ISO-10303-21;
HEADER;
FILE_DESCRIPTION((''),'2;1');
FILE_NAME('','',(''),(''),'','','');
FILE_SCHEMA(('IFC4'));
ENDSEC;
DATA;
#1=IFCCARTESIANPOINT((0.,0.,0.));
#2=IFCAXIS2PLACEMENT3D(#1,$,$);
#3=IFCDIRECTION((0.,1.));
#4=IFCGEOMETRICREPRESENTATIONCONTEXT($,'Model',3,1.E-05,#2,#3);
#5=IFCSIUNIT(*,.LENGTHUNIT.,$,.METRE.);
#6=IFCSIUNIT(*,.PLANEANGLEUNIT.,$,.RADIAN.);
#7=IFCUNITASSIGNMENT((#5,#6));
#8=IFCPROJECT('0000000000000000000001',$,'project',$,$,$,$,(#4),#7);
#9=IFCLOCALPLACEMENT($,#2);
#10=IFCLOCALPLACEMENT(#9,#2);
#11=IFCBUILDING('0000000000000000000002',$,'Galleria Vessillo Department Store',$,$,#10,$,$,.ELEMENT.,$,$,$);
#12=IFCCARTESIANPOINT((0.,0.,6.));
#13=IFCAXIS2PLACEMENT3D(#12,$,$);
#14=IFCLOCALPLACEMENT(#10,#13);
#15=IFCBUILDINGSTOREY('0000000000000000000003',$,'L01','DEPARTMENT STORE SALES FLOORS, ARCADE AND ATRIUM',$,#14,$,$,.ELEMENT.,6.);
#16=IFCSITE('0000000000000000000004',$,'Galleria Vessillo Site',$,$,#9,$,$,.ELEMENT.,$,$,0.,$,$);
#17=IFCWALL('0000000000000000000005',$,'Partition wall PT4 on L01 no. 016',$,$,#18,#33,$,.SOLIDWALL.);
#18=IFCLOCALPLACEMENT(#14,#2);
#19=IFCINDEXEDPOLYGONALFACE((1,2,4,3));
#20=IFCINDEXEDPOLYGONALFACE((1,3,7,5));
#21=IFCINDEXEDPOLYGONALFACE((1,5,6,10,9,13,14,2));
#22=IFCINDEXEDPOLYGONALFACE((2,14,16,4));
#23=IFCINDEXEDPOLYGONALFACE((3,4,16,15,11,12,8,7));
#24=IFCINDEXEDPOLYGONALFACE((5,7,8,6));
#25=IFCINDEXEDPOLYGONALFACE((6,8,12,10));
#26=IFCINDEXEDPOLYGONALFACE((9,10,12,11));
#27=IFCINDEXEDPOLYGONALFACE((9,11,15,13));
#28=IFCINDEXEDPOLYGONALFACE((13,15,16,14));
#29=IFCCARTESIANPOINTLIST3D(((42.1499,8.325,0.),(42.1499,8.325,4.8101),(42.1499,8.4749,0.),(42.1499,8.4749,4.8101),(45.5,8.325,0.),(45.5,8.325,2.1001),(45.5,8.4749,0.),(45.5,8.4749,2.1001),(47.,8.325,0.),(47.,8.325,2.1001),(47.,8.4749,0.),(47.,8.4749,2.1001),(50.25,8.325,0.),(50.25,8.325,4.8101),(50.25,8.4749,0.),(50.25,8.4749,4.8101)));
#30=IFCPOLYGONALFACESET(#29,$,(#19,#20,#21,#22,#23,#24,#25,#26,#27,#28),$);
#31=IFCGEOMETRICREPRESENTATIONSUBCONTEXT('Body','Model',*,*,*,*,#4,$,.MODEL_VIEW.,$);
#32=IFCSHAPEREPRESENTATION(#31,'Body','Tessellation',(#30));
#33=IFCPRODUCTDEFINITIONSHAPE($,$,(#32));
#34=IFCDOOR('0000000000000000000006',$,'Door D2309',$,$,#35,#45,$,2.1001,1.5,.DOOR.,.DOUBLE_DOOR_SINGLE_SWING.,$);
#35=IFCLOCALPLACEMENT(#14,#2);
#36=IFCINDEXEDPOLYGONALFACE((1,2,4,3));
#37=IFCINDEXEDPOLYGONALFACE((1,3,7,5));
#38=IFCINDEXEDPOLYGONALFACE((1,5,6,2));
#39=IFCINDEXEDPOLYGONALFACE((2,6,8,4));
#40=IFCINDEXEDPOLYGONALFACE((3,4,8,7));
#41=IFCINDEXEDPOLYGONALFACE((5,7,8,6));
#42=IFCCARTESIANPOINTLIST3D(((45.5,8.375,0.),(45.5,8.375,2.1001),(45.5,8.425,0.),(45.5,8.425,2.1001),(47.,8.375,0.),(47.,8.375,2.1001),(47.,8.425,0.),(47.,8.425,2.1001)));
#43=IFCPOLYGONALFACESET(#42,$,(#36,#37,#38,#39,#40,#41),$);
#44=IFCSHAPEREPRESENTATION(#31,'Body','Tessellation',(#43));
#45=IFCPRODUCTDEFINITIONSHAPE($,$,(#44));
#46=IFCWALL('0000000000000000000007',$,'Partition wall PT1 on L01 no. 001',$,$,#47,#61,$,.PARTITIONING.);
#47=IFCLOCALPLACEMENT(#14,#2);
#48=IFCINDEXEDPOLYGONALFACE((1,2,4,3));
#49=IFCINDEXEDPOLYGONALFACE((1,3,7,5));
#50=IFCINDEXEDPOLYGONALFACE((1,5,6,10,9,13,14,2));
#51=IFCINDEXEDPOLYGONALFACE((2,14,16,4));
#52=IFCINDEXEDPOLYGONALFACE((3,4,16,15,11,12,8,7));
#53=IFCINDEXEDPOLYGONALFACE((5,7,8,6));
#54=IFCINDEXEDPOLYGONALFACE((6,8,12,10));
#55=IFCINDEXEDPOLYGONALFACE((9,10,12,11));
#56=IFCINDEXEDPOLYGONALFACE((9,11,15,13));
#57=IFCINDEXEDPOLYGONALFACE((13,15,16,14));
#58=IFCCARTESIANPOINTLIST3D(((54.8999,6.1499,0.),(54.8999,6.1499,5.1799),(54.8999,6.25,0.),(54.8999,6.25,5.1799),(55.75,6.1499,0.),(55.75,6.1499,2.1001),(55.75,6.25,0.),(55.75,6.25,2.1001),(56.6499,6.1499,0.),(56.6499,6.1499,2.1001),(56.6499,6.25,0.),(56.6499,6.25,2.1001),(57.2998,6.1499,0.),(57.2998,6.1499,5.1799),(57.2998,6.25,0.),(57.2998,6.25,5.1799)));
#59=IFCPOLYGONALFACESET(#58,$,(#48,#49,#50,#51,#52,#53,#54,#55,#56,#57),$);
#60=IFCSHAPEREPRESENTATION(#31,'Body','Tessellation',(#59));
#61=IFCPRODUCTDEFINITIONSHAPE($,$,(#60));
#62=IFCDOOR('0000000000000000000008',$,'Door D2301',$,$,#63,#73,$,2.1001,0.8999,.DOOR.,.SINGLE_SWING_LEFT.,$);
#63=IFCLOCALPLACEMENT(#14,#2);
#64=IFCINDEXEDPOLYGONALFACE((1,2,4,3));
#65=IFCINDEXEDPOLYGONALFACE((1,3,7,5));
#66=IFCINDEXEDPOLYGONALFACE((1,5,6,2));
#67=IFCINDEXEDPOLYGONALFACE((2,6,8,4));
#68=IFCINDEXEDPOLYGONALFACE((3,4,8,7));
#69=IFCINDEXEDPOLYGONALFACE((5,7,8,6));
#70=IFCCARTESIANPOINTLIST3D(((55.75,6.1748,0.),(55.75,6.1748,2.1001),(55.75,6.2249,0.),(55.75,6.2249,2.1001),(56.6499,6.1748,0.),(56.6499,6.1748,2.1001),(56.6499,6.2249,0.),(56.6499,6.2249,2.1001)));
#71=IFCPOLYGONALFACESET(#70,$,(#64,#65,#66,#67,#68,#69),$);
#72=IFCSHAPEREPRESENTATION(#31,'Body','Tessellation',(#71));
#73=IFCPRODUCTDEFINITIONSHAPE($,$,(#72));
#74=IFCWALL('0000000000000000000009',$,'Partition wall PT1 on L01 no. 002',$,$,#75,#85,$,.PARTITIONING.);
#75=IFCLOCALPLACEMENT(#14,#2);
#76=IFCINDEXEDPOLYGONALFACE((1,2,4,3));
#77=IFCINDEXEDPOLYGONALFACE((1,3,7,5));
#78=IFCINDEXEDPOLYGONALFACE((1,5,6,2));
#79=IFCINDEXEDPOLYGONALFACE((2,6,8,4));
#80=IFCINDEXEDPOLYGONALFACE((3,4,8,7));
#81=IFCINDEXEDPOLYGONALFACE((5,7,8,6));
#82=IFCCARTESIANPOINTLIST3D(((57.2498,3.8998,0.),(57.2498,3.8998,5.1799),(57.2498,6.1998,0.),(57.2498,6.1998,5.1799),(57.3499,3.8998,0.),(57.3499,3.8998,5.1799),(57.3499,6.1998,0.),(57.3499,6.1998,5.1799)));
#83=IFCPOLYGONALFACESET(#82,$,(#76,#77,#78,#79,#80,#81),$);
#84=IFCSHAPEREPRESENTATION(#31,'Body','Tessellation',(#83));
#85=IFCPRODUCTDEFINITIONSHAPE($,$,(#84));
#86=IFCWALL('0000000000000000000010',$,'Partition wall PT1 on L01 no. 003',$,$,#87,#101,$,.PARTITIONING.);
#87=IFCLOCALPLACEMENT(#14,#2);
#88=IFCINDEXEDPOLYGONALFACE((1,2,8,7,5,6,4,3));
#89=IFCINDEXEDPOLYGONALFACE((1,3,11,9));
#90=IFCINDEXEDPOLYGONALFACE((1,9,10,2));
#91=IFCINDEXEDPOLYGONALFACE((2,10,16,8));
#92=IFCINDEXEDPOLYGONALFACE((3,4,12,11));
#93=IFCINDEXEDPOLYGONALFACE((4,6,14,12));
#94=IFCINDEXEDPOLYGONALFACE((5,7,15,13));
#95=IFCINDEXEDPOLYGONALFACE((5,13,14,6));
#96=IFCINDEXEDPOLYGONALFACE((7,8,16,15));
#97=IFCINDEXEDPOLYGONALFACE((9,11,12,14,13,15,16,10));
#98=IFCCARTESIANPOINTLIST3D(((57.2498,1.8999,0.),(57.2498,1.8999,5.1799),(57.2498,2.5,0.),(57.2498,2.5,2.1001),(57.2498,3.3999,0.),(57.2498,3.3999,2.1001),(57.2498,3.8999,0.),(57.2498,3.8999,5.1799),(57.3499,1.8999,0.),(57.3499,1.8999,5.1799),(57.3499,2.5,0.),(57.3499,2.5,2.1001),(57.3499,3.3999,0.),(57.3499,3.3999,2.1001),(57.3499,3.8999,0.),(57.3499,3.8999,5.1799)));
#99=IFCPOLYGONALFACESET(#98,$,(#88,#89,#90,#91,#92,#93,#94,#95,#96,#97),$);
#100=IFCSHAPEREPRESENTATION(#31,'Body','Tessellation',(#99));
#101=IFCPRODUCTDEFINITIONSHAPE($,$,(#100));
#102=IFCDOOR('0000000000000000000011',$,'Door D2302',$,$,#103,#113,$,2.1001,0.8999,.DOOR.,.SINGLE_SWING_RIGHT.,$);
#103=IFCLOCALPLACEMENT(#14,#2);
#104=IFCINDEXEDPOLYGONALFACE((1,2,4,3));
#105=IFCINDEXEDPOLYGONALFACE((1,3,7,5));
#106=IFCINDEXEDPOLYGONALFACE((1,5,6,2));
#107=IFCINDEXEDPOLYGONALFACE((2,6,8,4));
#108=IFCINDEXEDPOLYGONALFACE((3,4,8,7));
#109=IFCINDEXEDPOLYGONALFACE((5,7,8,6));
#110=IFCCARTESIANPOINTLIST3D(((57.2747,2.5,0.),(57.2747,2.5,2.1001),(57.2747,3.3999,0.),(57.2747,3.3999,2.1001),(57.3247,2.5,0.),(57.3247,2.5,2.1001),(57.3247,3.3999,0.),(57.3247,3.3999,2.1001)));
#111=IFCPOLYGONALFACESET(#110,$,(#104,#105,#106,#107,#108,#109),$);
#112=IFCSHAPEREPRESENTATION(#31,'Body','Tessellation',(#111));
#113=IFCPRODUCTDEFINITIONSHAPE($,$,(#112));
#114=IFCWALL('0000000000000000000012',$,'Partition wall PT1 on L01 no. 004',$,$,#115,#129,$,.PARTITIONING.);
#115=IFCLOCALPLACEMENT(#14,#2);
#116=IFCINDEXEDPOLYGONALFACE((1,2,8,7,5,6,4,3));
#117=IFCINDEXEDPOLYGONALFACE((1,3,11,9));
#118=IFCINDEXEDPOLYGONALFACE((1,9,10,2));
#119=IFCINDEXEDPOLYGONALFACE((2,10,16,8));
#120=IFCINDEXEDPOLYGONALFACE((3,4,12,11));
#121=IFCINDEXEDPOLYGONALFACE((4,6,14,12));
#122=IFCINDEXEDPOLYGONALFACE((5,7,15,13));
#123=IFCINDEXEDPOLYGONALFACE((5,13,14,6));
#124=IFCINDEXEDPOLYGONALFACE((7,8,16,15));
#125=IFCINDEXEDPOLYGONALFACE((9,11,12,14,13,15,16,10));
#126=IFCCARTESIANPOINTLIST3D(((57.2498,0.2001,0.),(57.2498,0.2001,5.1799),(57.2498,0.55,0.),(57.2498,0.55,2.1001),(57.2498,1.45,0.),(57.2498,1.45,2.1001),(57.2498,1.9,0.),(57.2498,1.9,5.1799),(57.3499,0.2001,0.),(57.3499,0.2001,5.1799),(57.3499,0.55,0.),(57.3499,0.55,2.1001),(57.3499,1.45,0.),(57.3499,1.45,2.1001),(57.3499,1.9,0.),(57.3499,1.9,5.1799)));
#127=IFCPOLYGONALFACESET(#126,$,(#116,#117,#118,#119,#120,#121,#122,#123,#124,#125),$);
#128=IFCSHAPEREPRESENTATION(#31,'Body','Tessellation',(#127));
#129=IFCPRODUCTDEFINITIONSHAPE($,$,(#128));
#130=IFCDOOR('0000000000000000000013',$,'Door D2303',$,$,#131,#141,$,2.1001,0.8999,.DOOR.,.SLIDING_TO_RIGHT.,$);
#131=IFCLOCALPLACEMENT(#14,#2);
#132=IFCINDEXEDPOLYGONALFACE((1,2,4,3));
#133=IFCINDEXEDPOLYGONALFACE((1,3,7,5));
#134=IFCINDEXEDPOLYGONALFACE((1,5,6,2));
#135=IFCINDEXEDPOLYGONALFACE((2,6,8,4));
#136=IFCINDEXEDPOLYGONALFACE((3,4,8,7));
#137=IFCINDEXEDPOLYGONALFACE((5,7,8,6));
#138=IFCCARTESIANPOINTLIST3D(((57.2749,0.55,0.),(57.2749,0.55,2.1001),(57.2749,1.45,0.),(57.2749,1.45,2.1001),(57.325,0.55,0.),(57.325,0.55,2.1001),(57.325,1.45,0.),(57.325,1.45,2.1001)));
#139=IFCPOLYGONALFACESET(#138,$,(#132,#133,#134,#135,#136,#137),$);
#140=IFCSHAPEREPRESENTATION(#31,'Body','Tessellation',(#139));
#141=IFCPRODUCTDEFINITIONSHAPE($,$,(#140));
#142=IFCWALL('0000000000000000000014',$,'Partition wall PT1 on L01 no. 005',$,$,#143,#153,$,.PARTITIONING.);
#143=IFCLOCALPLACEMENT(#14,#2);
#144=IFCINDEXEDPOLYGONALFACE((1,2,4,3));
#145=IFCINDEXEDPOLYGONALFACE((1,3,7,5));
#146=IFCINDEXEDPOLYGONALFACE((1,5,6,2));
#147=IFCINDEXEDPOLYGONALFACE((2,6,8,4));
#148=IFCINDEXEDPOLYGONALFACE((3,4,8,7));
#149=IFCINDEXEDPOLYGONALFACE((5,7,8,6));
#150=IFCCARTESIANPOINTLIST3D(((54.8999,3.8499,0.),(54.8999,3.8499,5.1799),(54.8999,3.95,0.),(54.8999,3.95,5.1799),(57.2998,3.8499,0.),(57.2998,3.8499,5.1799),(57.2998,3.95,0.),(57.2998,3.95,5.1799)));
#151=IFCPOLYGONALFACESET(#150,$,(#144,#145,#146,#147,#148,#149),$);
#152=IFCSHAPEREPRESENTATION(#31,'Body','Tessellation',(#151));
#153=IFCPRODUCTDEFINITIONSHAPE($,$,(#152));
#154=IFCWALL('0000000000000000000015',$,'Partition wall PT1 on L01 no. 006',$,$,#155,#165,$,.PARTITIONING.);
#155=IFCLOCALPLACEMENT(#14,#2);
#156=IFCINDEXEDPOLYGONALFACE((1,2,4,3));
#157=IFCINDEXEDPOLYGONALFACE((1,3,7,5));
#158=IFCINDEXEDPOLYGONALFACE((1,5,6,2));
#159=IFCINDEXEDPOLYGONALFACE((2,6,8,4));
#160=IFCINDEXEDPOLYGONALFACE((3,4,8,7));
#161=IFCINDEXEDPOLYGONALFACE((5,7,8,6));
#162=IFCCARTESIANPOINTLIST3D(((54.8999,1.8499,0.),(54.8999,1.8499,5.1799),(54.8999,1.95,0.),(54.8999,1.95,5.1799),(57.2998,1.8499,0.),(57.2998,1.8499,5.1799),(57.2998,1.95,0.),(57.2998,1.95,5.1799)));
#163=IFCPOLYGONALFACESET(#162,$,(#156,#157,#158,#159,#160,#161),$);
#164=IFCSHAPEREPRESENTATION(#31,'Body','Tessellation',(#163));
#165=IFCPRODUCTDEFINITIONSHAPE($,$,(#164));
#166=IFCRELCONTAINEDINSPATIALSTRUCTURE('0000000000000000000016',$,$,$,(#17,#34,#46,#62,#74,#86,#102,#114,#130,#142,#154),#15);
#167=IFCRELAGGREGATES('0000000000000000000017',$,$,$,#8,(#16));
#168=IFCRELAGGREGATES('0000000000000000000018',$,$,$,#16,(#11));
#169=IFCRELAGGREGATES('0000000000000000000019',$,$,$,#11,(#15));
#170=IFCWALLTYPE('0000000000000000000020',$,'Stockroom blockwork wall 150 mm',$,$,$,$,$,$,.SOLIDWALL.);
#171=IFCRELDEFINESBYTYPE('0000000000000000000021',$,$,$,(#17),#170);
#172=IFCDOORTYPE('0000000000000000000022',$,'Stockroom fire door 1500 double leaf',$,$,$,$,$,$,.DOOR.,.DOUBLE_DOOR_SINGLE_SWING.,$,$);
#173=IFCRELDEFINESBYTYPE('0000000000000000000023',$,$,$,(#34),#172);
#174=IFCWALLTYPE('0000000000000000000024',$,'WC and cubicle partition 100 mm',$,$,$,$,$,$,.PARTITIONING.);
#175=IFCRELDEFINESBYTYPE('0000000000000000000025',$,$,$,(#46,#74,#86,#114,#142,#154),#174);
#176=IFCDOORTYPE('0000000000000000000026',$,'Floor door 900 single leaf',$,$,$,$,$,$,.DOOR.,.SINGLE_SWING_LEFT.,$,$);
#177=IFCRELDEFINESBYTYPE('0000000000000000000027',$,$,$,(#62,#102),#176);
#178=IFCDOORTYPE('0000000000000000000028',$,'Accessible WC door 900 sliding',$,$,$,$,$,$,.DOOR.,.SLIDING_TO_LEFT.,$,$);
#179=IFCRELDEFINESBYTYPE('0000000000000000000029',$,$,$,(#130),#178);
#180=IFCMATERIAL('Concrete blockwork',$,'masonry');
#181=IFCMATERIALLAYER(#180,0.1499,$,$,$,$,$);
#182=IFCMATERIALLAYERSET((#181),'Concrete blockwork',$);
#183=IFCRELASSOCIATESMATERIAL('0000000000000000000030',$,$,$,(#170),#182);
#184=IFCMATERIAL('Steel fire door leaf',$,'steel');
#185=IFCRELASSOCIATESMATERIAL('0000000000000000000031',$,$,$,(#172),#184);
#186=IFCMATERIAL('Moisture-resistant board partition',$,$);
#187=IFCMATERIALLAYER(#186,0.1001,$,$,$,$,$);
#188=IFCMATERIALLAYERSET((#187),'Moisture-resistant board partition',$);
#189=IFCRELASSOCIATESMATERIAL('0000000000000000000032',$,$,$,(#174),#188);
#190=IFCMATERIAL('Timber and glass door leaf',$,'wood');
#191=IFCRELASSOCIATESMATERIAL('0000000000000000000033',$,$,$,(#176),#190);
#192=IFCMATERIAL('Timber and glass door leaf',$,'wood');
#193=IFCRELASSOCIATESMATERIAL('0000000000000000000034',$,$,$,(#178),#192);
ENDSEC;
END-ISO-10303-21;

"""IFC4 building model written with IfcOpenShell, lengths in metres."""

from ifc_helpers import new_model, si_unit, direction, frame, frame_2d, origin, place, context, subcontext, project, spatial, rectangle, extrude, material, layer, layer_set, type_object, element, fill, save


model = new_model("IFC4")

# Units and contexts
model_context = context("Model", 3, precision=1e-05, world=origin(), true_north=direction((0.0, 1.0)))
body_context = subcontext(model_context, "Body", "Model", "MODEL_VIEW")
ifc_project = project(units=[si_unit("LENGTHUNIT", "METRE"), si_unit("PLANEANGLEUNIT", "RADIAN")], contexts=[model_context])

# Site, building, storey
site_placement = place(None, origin())
site = spatial("IfcSite", under=ifc_project, at=site_placement, Name="Galleria Vessillo Site", CompositionType="ELEMENT", RefElevation=0.0)
building_placement = place(site_placement, origin())
building = spatial("IfcBuilding", under=site, at=building_placement, Name="Galleria Vessillo Department Store", CompositionType="ELEMENT")
storey_placement = place(building_placement, frame((0.0, 0.0, 6.0)))
storey = spatial("IfcBuildingStorey", under=building, at=storey_placement, Name="L01", Description="DEPARTMENT STORE SALES FLOORS, ARCADE AND ATRIUM", CompositionType="ELEMENT", Elevation=6.0)

# Walls, openings, doors
ifc_material_1 = material(Name="Concrete blockwork", Category="masonry")
ifc_layer_1 = layer(ifc_material_1, 0.1499)
ifc_layer_set_1 = layer_set([ifc_layer_1], Name="Concrete blockwork")
wall_type_1 = type_object("IfcWallType", Name="Stockroom blockwork wall 150 mm", PredefinedType="SOLIDWALL", material=ifc_layer_set_1)
wall_1_placement = place(storey_placement, frame((42.1499, 8.3999, 0.0), z_axis=(0.0, 0.0, 1.0), x_axis=(1.0, 0.0, 0.0)))
wall_1 = element("IfcWall", 1, at=wall_1_placement, inside=storey, type_object=wall_type_1, Name="Partition wall PT4 on L01 no. 016", PredefinedType="SOLIDWALL", context=body_context, shape_type="SweptSolid", body=[
    extrude(rectangle(XDim=8.1001, YDim=0.1499, at=frame_2d((4.05, 0.0))), origin(), (0.0, 0.0, 1.0), 4.8101),
])
opening_1_placement = place(wall_1_placement, frame((3.3501, 0.0, 0.0)))
opening_1 = element("IfcOpeningElement", 2, at=opening_1_placement, cuts=wall_1, PredefinedType="OPENING", context=body_context, shape_type="SweptSolid", body=[
    extrude(rectangle(XDim=1.5, YDim=2.1001, at=frame_2d((0.75, 1.05))), frame((0.0, 0.085, 0.0), z_axis=(0.0, -1.0, 0.0), x_axis=(1.0, 0.0, 0.0)), (0.0, 0.0, 1.0), 0.1699),
])
ifc_material_2 = material(Name="Steel fire door leaf", Category="steel")
door_type_1 = type_object("IfcDoorType", Name="Stockroom fire door 1500 double leaf", OperationType="DOUBLE_DOOR_SINGLE_SWING", PredefinedType="DOOR", material=ifc_material_2)
door_1_placement = place(opening_1_placement, frame((1.5, 0.0, 0.0), z_axis=(0.0, 0.0, 1.0), x_axis=(-1.0, 0.0, 0.0)))
door_1 = element("IfcDoor", 3, at=door_1_placement, inside=storey, type_object=door_type_1, Name="Door D2309", OperationType="DOUBLE_DOOR_SINGLE_SWING", OverallHeight=2.1001, OverallWidth=1.5, PredefinedType="DOOR", context=body_context, shape_type="SweptSolid", body=[
    extrude(rectangle(XDim=1.5, YDim=2.1001, at=frame_2d((0.75, 1.05))), frame((0.0, 0.0249, 0.0), z_axis=(0.0, -1.0, 0.0), x_axis=(1.0, 0.0, 0.0)), (0.0, 0.0, 1.0), 0.05),
])
fill(opening_1, door_1)
ifc_material_3 = material(Name="Moisture-resistant board partition")
ifc_layer_2 = layer(ifc_material_3, 0.1001)
ifc_layer_set_2 = layer_set([ifc_layer_2], Name="Moisture-resistant board partition")
wall_type_2 = type_object("IfcWallType", Name="WC and cubicle partition 100 mm", PredefinedType="PARTITIONING", material=ifc_layer_set_2)
wall_2_placement = place(storey_placement, frame((54.8999, 6.2, 0.0), z_axis=(0.0, 0.0, 1.0), x_axis=(1.0, 0.0, 0.0)))
wall_2 = element("IfcWall", 4, at=wall_2_placement, inside=storey, type_object=wall_type_2, Name="Partition wall PT1 on L01 no. 001", PredefinedType="PARTITIONING", context=body_context, shape_type="SweptSolid", body=[
    extrude(rectangle(XDim=2.3999, YDim=0.1001, at=frame_2d((1.2, 0.0))), origin(), (0.0, 0.0, 1.0), 5.1799),
])
opening_2_placement = place(wall_2_placement, frame((0.8501, 0.0, 0.0)))
opening_2 = element("IfcOpeningElement", 5, at=opening_2_placement, cuts=wall_2, PredefinedType="OPENING", context=body_context, shape_type="SweptSolid", body=[
    extrude(rectangle(XDim=0.8999, YDim=2.1001, at=frame_2d((0.45, 1.05))), frame((0.0, 0.0601, 0.0), z_axis=(0.0, -1.0, 0.0), x_axis=(1.0, 0.0, 0.0)), (0.0, 0.0, 1.0), 0.1201),
])
ifc_material_4 = material(Name="Timber and glass door leaf", Category="wood")
door_type_2 = type_object("IfcDoorType", Name="Floor door 900 single leaf", OperationType="SINGLE_SWING_LEFT", PredefinedType="DOOR", material=ifc_material_4)
door_2_placement = place(opening_2_placement, origin())
door_2 = element("IfcDoor", 6, at=door_2_placement, inside=storey, type_object=door_type_2, Name="Door D2301", OperationType="SINGLE_SWING_LEFT", OverallHeight=2.1001, OverallWidth=0.8999, PredefinedType="DOOR", context=body_context, shape_type="SweptSolid", body=[
    extrude(rectangle(XDim=0.8999, YDim=2.1001, at=frame_2d((0.45, 1.05))), frame((0.0, 0.0249, 0.0), z_axis=(0.0, -1.0, 0.0), x_axis=(1.0, 0.0, 0.0)), (0.0, 0.0, 1.0), 0.05),
])
fill(opening_2, door_2)

# Wall
wall_3_placement = place(storey_placement, frame((57.2998, 3.8999, 0.0), z_axis=(0.0, 0.0, 1.0), x_axis=(0.0, 1.0, 0.0)))
element("IfcWall", 7, at=wall_3_placement, inside=storey, type_object=wall_type_2, Name="Partition wall PT1 on L01 no. 002", PredefinedType="PARTITIONING", context=body_context, shape_type="SweptSolid", body=[
    extrude(rectangle(XDim=2.3, YDim=0.1001, at=frame_2d((1.1499, 0.0))), origin(), (0.0, 0.0, 1.0), 5.1799),
])

# Walls, openings, doors
wall_4_placement = place(storey_placement, frame((57.2998, 1.8999, 0.0), z_axis=(0.0, 0.0, 1.0), x_axis=(0.0, 1.0, 0.0)))
wall_4 = element("IfcWall", 8, at=wall_4_placement, inside=storey, type_object=wall_type_2, Name="Partition wall PT1 on L01 no. 003", PredefinedType="PARTITIONING", context=body_context, shape_type="SweptSolid", body=[
    extrude(rectangle(XDim=2.0, YDim=0.1001, at=frame_2d((1.0, 0.0))), origin(), (0.0, 0.0, 1.0), 5.1799),
])
opening_3_placement = place(wall_4_placement, frame((0.6001, 0.0, 0.0)))
opening_3 = element("IfcOpeningElement", 9, at=opening_3_placement, cuts=wall_4, PredefinedType="OPENING", context=body_context, shape_type="SweptSolid", body=[
    extrude(rectangle(XDim=0.8999, YDim=2.1001, at=frame_2d((0.45, 1.05))), frame((0.0, 0.0601, 0.0), z_axis=(0.0, -1.0, 0.0), x_axis=(1.0, 0.0, 0.0)), (0.0, 0.0, 1.0), 0.1201),
])
door_3_placement = place(opening_3_placement, frame((0.8999, 0.0, 0.0), z_axis=(0.0, 0.0, 1.0), x_axis=(-1.0, 0.0, 0.0)))
door_3 = element("IfcDoor", 10, at=door_3_placement, inside=storey, type_object=door_type_2, Name="Door D2302", OperationType="SINGLE_SWING_RIGHT", OverallHeight=2.1001, OverallWidth=0.8999, PredefinedType="DOOR", context=body_context, shape_type="SweptSolid", body=[
    extrude(rectangle(XDim=0.8999, YDim=2.1001, at=frame_2d((0.45, 1.05))), frame((0.0, 0.0249, 0.0), z_axis=(0.0, -1.0, 0.0), x_axis=(1.0, 0.0, 0.0)), (0.0, 0.0, 1.0), 0.05),
])
fill(opening_3, door_3)
wall_5_placement = place(storey_placement, frame((57.2998, 0.2, 0.0), z_axis=(0.0, 0.0, 1.0), x_axis=(0.0, 1.0, 0.0)))
wall_5 = element("IfcWall", 11, at=wall_5_placement, inside=storey, type_object=wall_type_2, Name="Partition wall PT1 on L01 no. 004", PredefinedType="PARTITIONING", context=body_context, shape_type="SweptSolid", body=[
    extrude(rectangle(XDim=1.7, YDim=0.1001, at=frame_2d((0.8501, 0.0))), origin(), (0.0, 0.0, 1.0), 5.1799),
])
opening_4_placement = place(wall_5_placement, frame((0.3501, 0.0, 0.0)))
opening_4 = element("IfcOpeningElement", 12, at=opening_4_placement, cuts=wall_5, PredefinedType="OPENING", context=body_context, shape_type="SweptSolid", body=[
    extrude(rectangle(XDim=0.8999, YDim=2.1001, at=frame_2d((0.45, 1.05))), frame((0.0, 0.0601, 0.0), z_axis=(0.0, -1.0, 0.0), x_axis=(1.0, 0.0, 0.0)), (0.0, 0.0, 1.0), 0.1201),
])
ifc_material_5 = material(Name="Timber and glass door leaf", Category="wood")
door_type_3 = type_object("IfcDoorType", Name="Accessible WC door 900 sliding", OperationType="SLIDING_TO_LEFT", PredefinedType="DOOR", material=ifc_material_5)
door_4_placement = place(opening_4_placement, origin())
door_4 = element("IfcDoor", 13, at=door_4_placement, inside=storey, type_object=door_type_3, Name="Door D2303", OperationType="SLIDING_TO_RIGHT", OverallHeight=2.1001, OverallWidth=0.8999, PredefinedType="DOOR", context=body_context, shape_type="SweptSolid", body=[
    extrude(rectangle(XDim=0.8999, YDim=2.1001, at=frame_2d((0.45, 1.05))), frame((0.0, 0.0249, 0.0), z_axis=(0.0, -1.0, 0.0), x_axis=(1.0, 0.0, 0.0)), (0.0, 0.0, 1.0), 0.05),
])
fill(opening_4, door_4)

# Walls
for number, where, z_axis, x_axis, name in (
    (14, (54.8999, 3.8999, 0.0), (0.0, 0.0, 1.0), (1.0, 0.0, 0.0), "Partition wall PT1 on L01 no. 005"),
    (15, (54.8999, 1.8999, 0.0), (0.0, 0.0, 1.0), (1.0, 0.0, 0.0), "Partition wall PT1 on L01 no. 006"),
):
    element("IfcWall", number, at=place(storey_placement, frame(where, z_axis=z_axis, x_axis=x_axis)), inside=storey, type_object=wall_type_2, Name=name, PredefinedType="PARTITIONING", context=body_context, shape_type="SweptSolid", body=[
        extrude(rectangle(XDim=2.3999, YDim=0.1001, at=frame_2d((1.2, 0.0))), origin(), (0.0, 0.0, 1.0), 5.1799),
    ])

save(model, "model.ifc")
